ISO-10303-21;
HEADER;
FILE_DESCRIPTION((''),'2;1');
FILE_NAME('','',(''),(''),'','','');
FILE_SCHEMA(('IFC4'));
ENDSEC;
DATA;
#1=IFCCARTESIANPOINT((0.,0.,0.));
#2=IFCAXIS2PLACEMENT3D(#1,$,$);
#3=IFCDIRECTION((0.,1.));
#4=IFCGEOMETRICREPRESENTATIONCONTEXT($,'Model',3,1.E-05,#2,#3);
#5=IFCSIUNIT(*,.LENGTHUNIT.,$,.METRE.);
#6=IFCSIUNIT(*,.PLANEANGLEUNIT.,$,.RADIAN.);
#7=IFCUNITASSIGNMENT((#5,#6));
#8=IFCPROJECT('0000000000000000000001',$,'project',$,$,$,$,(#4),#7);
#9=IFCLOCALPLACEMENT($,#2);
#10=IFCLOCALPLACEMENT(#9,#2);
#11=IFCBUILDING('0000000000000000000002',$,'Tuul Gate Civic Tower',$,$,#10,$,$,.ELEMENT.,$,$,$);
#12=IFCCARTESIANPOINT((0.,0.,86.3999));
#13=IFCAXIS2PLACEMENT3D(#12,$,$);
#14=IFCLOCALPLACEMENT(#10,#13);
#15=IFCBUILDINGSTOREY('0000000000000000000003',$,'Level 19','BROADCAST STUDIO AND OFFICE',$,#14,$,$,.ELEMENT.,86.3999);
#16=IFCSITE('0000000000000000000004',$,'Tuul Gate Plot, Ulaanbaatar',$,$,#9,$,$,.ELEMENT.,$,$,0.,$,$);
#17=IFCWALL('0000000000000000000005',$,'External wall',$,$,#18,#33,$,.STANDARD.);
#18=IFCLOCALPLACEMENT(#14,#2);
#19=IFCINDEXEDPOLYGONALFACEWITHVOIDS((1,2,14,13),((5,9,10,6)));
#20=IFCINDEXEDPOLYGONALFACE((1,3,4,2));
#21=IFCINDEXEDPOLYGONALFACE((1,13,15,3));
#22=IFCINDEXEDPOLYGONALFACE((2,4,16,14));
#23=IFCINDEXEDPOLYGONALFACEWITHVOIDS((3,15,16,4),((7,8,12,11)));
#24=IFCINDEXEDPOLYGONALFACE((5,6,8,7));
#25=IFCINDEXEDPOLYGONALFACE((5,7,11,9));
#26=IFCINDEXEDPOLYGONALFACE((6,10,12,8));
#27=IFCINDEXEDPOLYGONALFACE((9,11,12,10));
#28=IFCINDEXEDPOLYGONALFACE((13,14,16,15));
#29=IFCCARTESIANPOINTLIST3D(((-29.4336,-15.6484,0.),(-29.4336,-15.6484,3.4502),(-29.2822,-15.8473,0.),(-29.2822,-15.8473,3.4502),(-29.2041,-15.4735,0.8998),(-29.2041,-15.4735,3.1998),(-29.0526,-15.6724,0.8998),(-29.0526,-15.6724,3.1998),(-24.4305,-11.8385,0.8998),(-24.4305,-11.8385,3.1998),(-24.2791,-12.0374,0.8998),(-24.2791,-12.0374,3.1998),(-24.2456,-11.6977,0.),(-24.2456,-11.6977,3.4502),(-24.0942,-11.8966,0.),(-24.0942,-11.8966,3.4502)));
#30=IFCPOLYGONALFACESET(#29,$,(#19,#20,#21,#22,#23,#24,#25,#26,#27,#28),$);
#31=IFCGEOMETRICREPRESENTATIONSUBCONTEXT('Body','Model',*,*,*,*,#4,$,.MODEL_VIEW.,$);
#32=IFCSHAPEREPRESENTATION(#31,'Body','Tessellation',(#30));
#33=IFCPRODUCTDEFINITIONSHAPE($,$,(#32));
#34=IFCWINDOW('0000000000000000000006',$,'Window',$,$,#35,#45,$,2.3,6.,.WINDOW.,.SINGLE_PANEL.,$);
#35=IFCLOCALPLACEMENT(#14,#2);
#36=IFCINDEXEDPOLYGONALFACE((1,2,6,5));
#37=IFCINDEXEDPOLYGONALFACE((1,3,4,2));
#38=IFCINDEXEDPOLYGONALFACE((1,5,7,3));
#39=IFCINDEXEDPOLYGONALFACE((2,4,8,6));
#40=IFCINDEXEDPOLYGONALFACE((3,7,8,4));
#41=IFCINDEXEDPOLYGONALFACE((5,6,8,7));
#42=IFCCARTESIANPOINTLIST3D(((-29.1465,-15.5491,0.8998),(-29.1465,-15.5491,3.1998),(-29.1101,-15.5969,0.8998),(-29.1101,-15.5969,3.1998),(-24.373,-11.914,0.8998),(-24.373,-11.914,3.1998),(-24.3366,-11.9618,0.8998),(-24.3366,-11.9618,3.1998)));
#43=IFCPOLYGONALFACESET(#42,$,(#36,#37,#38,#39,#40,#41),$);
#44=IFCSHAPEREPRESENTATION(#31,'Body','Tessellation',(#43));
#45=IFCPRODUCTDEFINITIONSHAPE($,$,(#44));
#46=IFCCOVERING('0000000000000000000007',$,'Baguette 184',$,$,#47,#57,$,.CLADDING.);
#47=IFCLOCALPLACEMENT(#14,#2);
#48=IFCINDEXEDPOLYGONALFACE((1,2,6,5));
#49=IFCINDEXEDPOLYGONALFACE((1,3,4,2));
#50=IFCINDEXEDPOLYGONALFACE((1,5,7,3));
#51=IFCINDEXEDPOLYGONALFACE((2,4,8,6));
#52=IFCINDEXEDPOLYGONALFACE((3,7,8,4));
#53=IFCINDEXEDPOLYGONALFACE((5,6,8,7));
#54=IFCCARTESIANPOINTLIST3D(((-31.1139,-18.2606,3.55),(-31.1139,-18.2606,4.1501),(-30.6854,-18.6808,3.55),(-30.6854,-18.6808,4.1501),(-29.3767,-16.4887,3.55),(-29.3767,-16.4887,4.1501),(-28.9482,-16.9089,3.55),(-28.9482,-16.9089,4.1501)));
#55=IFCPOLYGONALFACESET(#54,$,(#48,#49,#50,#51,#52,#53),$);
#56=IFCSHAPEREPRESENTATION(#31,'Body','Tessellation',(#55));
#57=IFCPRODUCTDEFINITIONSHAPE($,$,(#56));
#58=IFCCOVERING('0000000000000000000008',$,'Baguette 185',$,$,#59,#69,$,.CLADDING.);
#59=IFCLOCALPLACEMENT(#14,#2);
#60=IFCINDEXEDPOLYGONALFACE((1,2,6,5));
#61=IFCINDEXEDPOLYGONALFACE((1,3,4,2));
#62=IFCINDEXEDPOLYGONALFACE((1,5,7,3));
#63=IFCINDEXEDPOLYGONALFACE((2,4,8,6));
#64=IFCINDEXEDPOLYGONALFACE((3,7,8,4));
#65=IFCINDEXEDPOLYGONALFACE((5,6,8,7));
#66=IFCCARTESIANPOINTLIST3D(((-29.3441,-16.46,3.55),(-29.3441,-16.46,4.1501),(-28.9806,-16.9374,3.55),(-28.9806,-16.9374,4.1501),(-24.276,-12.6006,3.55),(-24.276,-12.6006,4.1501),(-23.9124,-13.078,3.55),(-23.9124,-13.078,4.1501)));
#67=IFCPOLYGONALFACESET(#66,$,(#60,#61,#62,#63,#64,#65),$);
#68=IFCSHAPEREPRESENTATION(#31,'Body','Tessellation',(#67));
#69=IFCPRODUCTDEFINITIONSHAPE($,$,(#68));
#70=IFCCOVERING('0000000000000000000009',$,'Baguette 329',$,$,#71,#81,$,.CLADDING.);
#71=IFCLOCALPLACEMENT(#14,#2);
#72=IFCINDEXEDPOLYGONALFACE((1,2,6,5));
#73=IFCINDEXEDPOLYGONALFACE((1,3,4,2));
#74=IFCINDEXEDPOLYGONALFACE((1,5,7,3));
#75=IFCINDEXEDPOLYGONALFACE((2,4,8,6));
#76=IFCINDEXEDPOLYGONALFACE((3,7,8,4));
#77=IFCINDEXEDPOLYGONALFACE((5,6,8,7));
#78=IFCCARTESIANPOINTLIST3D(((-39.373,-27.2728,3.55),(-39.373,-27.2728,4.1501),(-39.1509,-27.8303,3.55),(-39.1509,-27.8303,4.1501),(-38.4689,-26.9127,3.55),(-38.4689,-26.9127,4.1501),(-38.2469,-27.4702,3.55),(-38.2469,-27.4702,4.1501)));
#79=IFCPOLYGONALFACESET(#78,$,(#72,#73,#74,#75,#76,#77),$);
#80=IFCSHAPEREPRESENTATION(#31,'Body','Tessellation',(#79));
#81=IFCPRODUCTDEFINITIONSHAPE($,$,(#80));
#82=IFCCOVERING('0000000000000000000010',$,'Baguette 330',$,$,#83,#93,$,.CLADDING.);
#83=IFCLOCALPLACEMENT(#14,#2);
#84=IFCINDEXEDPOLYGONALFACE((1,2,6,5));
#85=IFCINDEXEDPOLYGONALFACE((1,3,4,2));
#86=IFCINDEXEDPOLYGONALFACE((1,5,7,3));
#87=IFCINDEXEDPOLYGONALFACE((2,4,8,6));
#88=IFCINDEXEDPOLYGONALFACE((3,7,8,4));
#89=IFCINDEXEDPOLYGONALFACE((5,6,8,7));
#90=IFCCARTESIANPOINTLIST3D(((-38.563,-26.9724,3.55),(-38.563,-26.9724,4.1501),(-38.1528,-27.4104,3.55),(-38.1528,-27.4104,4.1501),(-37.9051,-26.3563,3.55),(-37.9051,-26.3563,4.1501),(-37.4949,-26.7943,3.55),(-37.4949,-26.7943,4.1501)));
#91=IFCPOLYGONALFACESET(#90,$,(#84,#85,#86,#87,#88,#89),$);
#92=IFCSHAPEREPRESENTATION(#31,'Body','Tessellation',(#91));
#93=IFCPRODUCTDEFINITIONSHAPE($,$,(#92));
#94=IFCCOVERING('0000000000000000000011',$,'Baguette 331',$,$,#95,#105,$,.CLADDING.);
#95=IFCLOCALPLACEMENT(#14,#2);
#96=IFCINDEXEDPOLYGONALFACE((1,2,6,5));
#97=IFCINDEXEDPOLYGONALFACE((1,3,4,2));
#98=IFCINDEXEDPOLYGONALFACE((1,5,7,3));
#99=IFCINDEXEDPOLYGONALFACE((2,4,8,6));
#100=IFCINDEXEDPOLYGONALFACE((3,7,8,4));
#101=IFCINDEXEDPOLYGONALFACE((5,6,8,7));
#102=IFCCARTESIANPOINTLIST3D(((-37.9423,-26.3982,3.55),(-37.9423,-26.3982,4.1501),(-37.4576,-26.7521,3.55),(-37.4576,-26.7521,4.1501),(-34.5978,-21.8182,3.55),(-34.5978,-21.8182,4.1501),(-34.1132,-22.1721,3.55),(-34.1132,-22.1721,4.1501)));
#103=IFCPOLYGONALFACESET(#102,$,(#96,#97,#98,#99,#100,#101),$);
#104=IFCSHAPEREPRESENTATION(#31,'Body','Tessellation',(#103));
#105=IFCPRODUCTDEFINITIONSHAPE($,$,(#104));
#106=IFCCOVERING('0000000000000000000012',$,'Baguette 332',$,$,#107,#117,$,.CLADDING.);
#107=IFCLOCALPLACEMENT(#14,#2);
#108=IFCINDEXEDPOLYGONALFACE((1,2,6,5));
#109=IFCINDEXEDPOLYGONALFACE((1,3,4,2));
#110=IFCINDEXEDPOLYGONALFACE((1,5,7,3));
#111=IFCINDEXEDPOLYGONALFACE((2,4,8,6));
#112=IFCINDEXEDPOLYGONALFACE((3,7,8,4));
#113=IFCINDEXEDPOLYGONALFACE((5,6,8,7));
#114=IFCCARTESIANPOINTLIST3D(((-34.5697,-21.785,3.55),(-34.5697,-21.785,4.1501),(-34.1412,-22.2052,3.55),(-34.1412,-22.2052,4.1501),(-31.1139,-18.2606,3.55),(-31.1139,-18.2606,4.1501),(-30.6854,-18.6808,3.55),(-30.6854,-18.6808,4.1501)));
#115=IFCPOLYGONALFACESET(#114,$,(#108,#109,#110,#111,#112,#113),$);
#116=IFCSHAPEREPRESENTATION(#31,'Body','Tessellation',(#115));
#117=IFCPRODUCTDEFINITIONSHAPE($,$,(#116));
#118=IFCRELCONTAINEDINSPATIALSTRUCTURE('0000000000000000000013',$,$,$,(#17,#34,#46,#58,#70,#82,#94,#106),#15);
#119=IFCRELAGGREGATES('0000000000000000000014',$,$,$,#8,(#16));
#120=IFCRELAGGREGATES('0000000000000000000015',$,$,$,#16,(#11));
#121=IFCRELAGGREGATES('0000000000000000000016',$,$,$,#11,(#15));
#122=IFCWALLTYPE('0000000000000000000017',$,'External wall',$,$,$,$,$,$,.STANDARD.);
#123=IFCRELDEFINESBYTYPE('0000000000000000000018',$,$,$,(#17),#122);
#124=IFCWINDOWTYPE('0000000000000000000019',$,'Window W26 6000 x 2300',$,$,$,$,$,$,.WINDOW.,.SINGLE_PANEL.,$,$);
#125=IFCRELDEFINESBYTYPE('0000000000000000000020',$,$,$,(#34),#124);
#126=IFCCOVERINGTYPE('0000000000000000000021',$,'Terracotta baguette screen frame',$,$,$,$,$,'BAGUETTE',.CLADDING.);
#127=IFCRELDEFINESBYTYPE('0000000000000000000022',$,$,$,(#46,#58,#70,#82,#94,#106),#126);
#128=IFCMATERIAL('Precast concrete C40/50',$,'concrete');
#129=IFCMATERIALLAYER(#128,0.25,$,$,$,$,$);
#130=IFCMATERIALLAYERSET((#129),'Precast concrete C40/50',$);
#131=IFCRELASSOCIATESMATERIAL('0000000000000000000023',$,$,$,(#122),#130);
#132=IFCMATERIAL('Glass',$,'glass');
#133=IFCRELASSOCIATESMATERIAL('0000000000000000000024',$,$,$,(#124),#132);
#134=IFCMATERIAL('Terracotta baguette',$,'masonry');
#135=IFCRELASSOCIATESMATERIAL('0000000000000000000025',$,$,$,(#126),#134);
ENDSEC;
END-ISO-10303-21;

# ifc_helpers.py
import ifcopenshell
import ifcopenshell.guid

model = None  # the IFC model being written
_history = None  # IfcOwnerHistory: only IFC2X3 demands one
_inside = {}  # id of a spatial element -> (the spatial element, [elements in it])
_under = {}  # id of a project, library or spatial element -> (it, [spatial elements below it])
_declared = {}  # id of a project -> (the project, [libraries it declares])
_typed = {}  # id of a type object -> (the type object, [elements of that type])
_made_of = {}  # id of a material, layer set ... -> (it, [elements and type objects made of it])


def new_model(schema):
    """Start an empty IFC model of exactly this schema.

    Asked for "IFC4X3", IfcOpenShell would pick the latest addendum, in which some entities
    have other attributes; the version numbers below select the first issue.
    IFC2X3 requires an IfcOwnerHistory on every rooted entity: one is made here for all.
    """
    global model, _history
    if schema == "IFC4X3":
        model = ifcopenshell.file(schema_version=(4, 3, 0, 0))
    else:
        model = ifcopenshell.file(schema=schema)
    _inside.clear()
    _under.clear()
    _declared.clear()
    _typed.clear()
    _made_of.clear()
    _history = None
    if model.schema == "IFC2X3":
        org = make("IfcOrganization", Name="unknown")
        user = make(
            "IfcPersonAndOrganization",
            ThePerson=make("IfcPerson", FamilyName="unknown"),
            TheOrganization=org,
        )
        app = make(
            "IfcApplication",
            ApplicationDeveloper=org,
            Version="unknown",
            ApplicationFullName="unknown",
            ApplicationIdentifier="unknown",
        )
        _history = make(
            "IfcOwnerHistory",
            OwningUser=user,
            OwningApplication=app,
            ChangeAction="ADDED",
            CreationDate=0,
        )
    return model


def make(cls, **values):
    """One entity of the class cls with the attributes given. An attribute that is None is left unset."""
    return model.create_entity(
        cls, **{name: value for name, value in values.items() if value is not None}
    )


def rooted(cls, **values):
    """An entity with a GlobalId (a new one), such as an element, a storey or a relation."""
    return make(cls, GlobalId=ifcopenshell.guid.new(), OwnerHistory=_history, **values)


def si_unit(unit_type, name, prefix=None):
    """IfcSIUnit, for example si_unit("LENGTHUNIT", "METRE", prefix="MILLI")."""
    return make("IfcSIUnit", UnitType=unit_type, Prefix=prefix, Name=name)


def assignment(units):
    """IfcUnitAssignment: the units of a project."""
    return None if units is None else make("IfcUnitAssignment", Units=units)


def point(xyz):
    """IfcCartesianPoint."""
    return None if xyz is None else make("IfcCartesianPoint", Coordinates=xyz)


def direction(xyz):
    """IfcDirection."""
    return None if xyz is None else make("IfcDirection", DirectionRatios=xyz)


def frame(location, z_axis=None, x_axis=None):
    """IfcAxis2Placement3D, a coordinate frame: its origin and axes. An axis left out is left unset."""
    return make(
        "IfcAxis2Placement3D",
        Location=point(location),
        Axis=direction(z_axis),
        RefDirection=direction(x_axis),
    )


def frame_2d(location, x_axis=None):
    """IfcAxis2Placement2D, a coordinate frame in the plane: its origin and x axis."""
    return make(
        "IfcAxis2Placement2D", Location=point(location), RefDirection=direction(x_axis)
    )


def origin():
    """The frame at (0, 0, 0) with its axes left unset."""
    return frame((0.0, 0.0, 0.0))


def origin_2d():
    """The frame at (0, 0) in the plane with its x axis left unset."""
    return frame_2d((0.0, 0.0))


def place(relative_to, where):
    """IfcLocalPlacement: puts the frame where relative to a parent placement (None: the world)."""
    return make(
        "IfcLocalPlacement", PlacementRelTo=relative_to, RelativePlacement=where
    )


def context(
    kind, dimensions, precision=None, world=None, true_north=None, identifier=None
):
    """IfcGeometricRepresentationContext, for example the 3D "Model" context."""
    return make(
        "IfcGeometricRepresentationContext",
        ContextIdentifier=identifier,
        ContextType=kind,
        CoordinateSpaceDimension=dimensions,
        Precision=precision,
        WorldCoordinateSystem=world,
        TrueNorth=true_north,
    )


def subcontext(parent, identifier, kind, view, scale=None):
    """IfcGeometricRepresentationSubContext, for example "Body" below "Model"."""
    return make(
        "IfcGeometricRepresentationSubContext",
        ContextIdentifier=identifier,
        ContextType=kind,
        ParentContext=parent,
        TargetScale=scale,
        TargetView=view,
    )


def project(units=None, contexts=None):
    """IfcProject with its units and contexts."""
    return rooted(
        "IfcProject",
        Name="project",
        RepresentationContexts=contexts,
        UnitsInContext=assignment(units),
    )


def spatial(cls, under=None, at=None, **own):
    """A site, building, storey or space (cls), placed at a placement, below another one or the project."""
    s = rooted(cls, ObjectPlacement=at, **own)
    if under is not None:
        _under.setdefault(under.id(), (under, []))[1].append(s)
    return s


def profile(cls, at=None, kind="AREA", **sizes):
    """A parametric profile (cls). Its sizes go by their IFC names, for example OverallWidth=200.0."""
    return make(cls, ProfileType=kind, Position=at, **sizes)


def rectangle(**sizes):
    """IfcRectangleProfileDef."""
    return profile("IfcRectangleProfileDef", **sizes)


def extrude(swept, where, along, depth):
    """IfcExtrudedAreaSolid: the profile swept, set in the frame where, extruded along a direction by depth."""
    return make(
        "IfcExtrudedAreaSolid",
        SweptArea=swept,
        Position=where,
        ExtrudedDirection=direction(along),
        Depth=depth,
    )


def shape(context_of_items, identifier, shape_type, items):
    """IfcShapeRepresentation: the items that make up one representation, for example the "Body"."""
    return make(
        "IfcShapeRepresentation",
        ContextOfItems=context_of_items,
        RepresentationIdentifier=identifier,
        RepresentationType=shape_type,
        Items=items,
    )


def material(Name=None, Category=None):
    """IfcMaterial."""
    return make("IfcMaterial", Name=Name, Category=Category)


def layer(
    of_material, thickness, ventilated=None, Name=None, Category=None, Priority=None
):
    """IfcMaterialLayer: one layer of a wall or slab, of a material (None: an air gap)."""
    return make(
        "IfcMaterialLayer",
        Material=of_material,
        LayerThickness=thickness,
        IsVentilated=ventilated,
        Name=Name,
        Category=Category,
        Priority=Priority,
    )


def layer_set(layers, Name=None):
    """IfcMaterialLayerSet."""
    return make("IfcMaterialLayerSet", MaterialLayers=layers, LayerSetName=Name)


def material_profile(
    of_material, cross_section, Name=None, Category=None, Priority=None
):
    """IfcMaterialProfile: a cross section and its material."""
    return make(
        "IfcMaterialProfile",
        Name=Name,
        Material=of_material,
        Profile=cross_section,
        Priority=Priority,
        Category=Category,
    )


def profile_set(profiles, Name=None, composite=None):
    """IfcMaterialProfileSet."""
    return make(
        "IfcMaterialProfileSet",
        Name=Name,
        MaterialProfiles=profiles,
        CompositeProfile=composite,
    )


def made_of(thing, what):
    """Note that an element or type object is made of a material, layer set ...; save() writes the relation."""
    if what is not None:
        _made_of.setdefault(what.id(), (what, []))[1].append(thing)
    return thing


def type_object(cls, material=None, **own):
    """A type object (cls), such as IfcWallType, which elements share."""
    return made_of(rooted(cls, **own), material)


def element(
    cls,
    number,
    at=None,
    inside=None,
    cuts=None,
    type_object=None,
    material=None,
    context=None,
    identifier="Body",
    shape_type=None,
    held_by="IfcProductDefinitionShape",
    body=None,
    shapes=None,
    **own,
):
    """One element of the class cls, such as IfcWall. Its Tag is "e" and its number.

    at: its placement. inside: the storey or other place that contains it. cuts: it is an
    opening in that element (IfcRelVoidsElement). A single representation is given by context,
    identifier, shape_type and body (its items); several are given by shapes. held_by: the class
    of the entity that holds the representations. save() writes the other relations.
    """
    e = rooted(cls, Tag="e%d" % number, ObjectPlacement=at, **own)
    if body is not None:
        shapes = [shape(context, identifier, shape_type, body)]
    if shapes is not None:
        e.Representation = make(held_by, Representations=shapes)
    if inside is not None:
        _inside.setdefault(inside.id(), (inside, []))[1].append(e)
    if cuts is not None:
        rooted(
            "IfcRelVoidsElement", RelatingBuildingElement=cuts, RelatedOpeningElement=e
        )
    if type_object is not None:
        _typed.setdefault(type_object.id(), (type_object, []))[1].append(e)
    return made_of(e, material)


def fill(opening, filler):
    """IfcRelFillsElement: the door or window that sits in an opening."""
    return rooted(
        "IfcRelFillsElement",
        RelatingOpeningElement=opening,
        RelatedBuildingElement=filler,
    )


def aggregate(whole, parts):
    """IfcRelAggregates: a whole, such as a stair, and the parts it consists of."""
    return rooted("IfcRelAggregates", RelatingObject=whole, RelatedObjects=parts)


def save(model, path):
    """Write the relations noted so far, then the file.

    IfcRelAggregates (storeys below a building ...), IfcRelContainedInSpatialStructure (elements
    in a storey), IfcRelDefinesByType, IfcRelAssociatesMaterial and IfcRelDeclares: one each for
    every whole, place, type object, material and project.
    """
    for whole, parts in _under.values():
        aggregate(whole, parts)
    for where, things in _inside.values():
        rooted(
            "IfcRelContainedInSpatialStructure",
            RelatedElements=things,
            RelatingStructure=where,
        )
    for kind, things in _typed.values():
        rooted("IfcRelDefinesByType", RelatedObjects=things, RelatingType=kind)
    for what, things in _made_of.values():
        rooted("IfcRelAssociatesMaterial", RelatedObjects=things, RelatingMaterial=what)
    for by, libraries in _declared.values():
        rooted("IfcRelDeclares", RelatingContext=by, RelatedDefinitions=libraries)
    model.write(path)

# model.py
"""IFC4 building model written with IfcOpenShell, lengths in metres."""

from ifc_helpers import new_model, si_unit, direction, frame, frame_2d, origin, origin_2d, place, context, subcontext, project, spatial, rectangle, extrude, material, layer, layer_set, material_profile, profile_set, type_object, element, fill, save


model = new_model("IFC4")

# Units and contexts
model_context = context("Model", 3, precision=1e-05, world=origin(), true_north=direction((0.0, 1.0)))
body_context = subcontext(model_context, "Body", "Model", "MODEL_VIEW")
ifc_project = project(units=[si_unit("LENGTHUNIT", "METRE"), si_unit("PLANEANGLEUNIT", "RADIAN")], contexts=[model_context])

# Site, building, storey
site_placement = place(None, origin())
site = spatial("IfcSite", under=ifc_project, at=site_placement, Name="Tuul Gate Plot, Ulaanbaatar", CompositionType="ELEMENT", RefElevation=0.0)
building_placement = place(site_placement, origin())
building = spatial("IfcBuilding", under=site, at=building_placement, Name="Tuul Gate Civic Tower", CompositionType="ELEMENT")
storey_placement = place(building_placement, frame((0.0, 0.0, 86.3999)))
storey = spatial("IfcBuildingStorey", under=building, at=storey_placement, Name="Level 19", Description="BROADCAST STUDIO AND OFFICE", CompositionType="ELEMENT", Elevation=86.3999)

# Wall, opening, window
ifc_material_1 = material(Name="Precast concrete C40/50", Category="concrete")
ifc_layer_1 = layer(ifc_material_1, 0.25)
ifc_layer_set_1 = layer_set([ifc_layer_1], Name="Precast concrete C40/50")
wall_type_1 = type_object("IfcWallType", Name="External wall", PredefinedType="STANDARD", material=ifc_layer_set_1)
ifc_material_2 = material(Name="Glass", Category="glass")
window_type_1 = type_object("IfcWindowType", Name="Window W26 6000 x 2300", PartitioningType="SINGLE_PANEL", PredefinedType="WINDOW", material=ifc_material_2)
wall_1_placement = place(storey_placement, frame((-29.3579, -15.7478, 0.0), z_axis=(0.0, 0.0, 1.0), x_axis=(0.795585, 0.605842, 0.0)))
wall_1 = element("IfcWall", 1, at=wall_1_placement, inside=storey, type_object=wall_type_1, Name="External wall", PredefinedType="STANDARD", context=body_context, shape_type="SweptSolid", body=[
    extrude(rectangle(XDim=6.521, YDim=0.25, at=frame_2d((3.2605, 0.0))), origin(), (0.0, 0.0, 1.0), 3.4502),
])
opening_1_placement = place(wall_1_placement, frame((0.2886, 0.0, 0.8999)))
opening_1 = element("IfcOpeningElement", 2, at=opening_1_placement, cuts=wall_1, PredefinedType="OPENING", context=body_context, shape_type="SweptSolid", body=[
    extrude(rectangle(XDim=6.0, YDim=2.3, at=frame_2d((3.0, 1.1499))), frame((0.0, 0.135, 0.0), z_axis=(0.0, -1.0, 0.0), x_axis=(1.0, 0.0, 0.0)), (0.0, 0.0, 1.0), 0.27),
])
window_1_placement = place(opening_1_placement, origin())
window_1 = element("IfcWindow", 3, at=window_1_placement, inside=storey, type_object=window_type_1, Name="Window", OverallHeight=2.3, OverallWidth=6.0, PartitioningType="SINGLE_PANEL", PredefinedType="WINDOW", context=body_context, shape_type="SweptSolid", body=[
    extrude(rectangle(XDim=6.0, YDim=2.3, at=frame_2d((3.0, 1.1499))), frame((0.0, 0.03, 0.0), z_axis=(0.0, -1.0, 0.0), x_axis=(1.0, 0.0, 0.0)), (0.0, 0.0, 1.0), 0.0601),
])
fill(opening_1, window_1)

# Coverings
ifc_material_3 = material(Name="Terracotta baguette", Category="masonry")
ifc_material_profile_1 = material_profile(ifc_material_3, rectangle(XDim=0.6001, YDim=0.6001, at=origin_2d()), Name="Terracotta baguette screen frame")
ifc_profile_set_1 = profile_set([ifc_material_profile_1], Name="Terracotta baguette")
covering_type = type_object("IfcCoveringType", Name="Terracotta baguette screen frame", ElementType="BAGUETTE", PredefinedType="CLADDING", material=ifc_profile_set_1)
covering_1_placement = place(storey_placement, frame((-30.8997, -18.4707, 3.8501), z_axis=(0.700087, 0.714057, 0.0), x_axis=(-0.714057, 0.700087, 0.0)))
element("IfcCovering", 4, at=covering_1_placement, inside=storey, type_object=covering_type, Name="Baguette 184", PredefinedType="CLADDING", context=body_context, shape_type="SweptSolid", body=[
    extrude(rectangle(XDim=0.6001, YDim=0.6001, at=origin_2d()), origin(), (0.0, 0.0, 1.0), 2.4814),
])
covering_2_placement = place(storey_placement, frame((-29.1624, -16.6987, 3.8501), z_axis=(0.795587, 0.60584, 0.0), x_axis=(-0.60584, 0.795587, 0.0)))
element("IfcCovering", 5, at=covering_2_placement, inside=storey, type_object=covering_type, Name="Baguette 185", PredefinedType="CLADDING", context=body_context, shape_type="SweptSolid", body=[
    extrude(rectangle(XDim=0.6001, YDim=0.6001, at=origin_2d()), origin(), (0.0, 0.0, 1.0), 6.3704),
])
covering_3_placement = place(storey_placement, frame((-39.262, -27.5515, 3.8501), z_axis=(0.929012, 0.370049, 0.0), x_axis=(-0.370049, 0.929012, 0.0)))
element("IfcCovering", 6, at=covering_3_placement, inside=storey, type_object=covering_type, Name="Baguette 329", PredefinedType="CLADDING", context=body_context, shape_type="SweptSolid", body=[
    extrude(rectangle(XDim=0.6001, YDim=0.6001, at=origin_2d()), origin(), (0.0, 0.0, 1.0), 0.9731),
])
covering_4_placement = place(storey_placement, frame((-38.3579, -27.1914, 3.8501), z_axis=(0.729883, 0.683572, 0.0), x_axis=(-0.683572, 0.729883, 0.0)))
element("IfcCovering", 7, at=covering_4_placement, inside=storey, type_object=covering_type, Name="Baguette 330", PredefinedType="CLADDING", context=body_context, shape_type="SweptSolid", body=[
    extrude(rectangle(XDim=0.6001, YDim=0.6001, at=origin_2d()), origin(), (0.0, 0.0, 1.0), 0.9014),
])
covering_5_placement = place(storey_placement, frame((-37.7, -26.5752, 3.8501), z_axis=(0.589729, 0.807601, 0.0), x_axis=(-0.807601, 0.589729, 0.0)))
element("IfcCovering", 8, at=covering_5_placement, inside=storey, type_object=covering_type, Name="Baguette 331", PredefinedType="CLADDING", context=body_context, shape_type="SweptSolid", body=[
    extrude(rectangle(XDim=0.6001, YDim=0.6001, at=origin_2d()), origin(), (0.0, 0.0, 1.0), 5.6711),
])
covering_6_placement = place(storey_placement, frame((-34.3555, -21.9951, 3.8501), z_axis=(0.700123, 0.714022, 0.0), x_axis=(-0.714022, 0.700123, 0.0)))
element("IfcCovering", 9, at=covering_6_placement, inside=storey, type_object=covering_type, Name="Baguette 332", PredefinedType="CLADDING", context=body_context, shape_type="SweptSolid", body=[
    extrude(rectangle(XDim=0.6001, YDim=0.6001, at=origin_2d()), origin(), (0.0, 0.0, 1.0), 4.936),
])

save(model, "model.ifc")
